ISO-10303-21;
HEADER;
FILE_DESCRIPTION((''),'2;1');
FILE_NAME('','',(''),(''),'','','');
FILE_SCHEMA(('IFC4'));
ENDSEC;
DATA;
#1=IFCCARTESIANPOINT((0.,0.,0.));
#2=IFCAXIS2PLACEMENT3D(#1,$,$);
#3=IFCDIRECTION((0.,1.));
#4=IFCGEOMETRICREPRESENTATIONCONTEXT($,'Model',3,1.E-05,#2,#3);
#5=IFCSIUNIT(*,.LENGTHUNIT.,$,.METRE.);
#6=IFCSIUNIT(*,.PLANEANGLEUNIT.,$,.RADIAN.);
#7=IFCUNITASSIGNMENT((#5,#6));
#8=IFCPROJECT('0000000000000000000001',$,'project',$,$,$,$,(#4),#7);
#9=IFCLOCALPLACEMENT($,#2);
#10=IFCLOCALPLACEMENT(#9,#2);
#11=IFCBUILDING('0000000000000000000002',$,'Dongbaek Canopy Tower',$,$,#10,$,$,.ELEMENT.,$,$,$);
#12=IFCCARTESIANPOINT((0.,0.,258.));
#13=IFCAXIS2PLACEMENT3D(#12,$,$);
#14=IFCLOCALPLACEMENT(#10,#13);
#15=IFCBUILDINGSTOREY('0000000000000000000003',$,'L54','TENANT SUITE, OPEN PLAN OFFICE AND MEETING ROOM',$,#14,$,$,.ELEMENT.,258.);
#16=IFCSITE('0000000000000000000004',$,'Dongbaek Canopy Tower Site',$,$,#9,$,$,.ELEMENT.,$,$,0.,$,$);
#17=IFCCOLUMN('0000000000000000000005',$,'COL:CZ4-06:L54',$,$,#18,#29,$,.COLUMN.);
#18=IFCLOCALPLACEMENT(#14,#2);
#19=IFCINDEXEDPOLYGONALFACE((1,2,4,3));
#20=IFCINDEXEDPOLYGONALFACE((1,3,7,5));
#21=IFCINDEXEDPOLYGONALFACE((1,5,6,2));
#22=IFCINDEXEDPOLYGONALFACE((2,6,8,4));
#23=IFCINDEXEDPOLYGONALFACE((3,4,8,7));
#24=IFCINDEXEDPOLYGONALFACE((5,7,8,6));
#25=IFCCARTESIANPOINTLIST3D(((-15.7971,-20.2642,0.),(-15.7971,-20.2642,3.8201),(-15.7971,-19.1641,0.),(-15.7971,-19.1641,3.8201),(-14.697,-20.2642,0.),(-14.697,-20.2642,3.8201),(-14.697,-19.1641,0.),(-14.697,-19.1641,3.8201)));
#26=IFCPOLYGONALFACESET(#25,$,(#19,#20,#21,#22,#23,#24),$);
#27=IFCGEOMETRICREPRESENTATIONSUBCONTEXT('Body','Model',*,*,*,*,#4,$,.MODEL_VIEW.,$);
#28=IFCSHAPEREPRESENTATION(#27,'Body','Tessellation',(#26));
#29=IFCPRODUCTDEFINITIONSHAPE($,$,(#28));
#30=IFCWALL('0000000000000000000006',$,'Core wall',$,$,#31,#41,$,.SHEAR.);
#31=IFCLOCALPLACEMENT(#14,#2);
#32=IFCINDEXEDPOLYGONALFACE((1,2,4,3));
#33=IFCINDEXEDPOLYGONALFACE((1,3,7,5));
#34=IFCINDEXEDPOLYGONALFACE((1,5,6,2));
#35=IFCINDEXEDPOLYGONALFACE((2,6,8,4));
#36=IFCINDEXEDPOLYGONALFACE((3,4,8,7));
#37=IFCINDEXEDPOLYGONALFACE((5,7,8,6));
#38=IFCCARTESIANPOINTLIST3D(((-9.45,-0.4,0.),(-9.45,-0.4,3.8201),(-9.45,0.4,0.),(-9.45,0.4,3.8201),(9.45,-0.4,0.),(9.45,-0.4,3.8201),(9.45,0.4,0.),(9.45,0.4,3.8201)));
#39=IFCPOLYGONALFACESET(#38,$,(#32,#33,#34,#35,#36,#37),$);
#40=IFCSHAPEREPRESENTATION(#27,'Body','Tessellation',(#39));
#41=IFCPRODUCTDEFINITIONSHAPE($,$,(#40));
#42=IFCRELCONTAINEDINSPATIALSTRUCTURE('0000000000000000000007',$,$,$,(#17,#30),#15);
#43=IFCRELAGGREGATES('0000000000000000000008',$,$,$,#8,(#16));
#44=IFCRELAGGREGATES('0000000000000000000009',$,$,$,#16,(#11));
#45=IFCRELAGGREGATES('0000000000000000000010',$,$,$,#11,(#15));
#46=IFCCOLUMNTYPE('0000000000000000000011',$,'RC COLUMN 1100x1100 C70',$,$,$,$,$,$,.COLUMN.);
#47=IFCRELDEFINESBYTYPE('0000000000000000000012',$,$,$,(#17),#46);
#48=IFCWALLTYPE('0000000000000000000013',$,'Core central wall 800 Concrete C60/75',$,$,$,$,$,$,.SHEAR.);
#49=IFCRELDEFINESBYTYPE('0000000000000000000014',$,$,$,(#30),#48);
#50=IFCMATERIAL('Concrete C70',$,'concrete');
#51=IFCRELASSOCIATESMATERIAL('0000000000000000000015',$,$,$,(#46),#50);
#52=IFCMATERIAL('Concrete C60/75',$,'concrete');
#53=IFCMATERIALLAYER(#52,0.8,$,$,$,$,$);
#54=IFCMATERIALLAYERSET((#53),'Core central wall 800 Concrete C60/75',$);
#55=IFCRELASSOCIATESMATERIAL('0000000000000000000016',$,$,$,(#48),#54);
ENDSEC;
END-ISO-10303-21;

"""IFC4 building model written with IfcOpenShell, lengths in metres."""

from ifc_helpers import new_model, si_unit, direction, frame, frame_2d, origin, origin_2d, place, context, subcontext, project, spatial, rectangle, extrude, material, layer, layer_set, material_profile, profile_set, type_object, element, save


model = new_model("IFC4")

# Units and contexts
model_context = context("Model", 3, precision=1e-05, world=origin(), true_north=direction((0.0, 1.0)))
body_context = subcontext(model_context, "Body", "Model", "MODEL_VIEW")
ifc_project = project(units=[si_unit("LENGTHUNIT", "METRE"), si_unit("PLANEANGLEUNIT", "RADIAN")], contexts=[model_context])

# Site, building, storey
site_placement = place(None, origin())
site = spatial("IfcSite", under=ifc_project, at=site_placement, Name="Dongbaek Canopy Tower Site", CompositionType="ELEMENT", RefElevation=0.0)
building_placement = place(site_placement, origin())
building = spatial("IfcBuilding", under=site, at=building_placement, Name="Dongbaek Canopy Tower", CompositionType="ELEMENT")
storey_placement = place(building_placement, frame((0.0, 0.0, 258.0)))
storey = spatial("IfcBuildingStorey", under=building, at=storey_placement, Name="L54", Description="TENANT SUITE, OPEN PLAN OFFICE AND MEETING ROOM", CompositionType="ELEMENT", Elevation=258.0)

# Column
ifc_material_1 = material(Name="Concrete C70", Category="concrete")
ifc_material_profile = material_profile(ifc_material_1, rectangle(XDim=1.1001, YDim=1.1001, at=origin_2d()), Name="RC COLUMN 1100x1100 C70")
ifc_profile_set = profile_set([ifc_material_profile], Name="Concrete C70")
column_type = type_object("IfcColumnType", Name="RC COLUMN 1100x1100 C70", PredefinedType="COLUMN", material=ifc_profile_set)
column_placement = place(storey_placement, frame((-15.2471, -19.7141, 0.0), z_axis=(0.0, 0.0, 1.0), x_axis=(1.0, 0.0, 0.0)))
element("IfcColumn", 1, at=column_placement, inside=storey, type_object=column_type, Name="COL:CZ4-06:L54", PredefinedType="COLUMN", context=body_context, shape_type="SweptSolid", body=[
    extrude(rectangle(XDim=1.1001, YDim=1.1001, at=origin_2d()), origin(), (0.0, 0.0, 1.0), 3.8201),
])

# Wall
ifc_material_2 = material(Name="Concrete C60/75", Category="concrete")
ifc_layer_1 = layer(ifc_material_2, 0.8)
ifc_layer_set_1 = layer_set([ifc_layer_1], Name="Core central wall 800 Concrete C60/75")
wall_type_1 = type_object("IfcWallType", Name="Core central wall 800 Concrete C60/75", PredefinedType="SHEAR", material=ifc_layer_set_1)
wall_1_placement = place(storey_placement, frame((-9.45, 0.0, 0.0), z_axis=(0.0, 0.0, 1.0), x_axis=(1.0, 0.0, 0.0)))
element("IfcWall", 2, at=wall_1_placement, inside=storey, type_object=wall_type_1, Name="Core wall", PredefinedType="SHEAR", context=body_context, shape_type="SweptSolid", body=[
    extrude(rectangle(XDim=18.8999, YDim=0.8, at=frame_2d((9.45, 0.0))), origin(), (0.0, 0.0, 1.0), 3.8201),
])

save(model, "model.ifc")
